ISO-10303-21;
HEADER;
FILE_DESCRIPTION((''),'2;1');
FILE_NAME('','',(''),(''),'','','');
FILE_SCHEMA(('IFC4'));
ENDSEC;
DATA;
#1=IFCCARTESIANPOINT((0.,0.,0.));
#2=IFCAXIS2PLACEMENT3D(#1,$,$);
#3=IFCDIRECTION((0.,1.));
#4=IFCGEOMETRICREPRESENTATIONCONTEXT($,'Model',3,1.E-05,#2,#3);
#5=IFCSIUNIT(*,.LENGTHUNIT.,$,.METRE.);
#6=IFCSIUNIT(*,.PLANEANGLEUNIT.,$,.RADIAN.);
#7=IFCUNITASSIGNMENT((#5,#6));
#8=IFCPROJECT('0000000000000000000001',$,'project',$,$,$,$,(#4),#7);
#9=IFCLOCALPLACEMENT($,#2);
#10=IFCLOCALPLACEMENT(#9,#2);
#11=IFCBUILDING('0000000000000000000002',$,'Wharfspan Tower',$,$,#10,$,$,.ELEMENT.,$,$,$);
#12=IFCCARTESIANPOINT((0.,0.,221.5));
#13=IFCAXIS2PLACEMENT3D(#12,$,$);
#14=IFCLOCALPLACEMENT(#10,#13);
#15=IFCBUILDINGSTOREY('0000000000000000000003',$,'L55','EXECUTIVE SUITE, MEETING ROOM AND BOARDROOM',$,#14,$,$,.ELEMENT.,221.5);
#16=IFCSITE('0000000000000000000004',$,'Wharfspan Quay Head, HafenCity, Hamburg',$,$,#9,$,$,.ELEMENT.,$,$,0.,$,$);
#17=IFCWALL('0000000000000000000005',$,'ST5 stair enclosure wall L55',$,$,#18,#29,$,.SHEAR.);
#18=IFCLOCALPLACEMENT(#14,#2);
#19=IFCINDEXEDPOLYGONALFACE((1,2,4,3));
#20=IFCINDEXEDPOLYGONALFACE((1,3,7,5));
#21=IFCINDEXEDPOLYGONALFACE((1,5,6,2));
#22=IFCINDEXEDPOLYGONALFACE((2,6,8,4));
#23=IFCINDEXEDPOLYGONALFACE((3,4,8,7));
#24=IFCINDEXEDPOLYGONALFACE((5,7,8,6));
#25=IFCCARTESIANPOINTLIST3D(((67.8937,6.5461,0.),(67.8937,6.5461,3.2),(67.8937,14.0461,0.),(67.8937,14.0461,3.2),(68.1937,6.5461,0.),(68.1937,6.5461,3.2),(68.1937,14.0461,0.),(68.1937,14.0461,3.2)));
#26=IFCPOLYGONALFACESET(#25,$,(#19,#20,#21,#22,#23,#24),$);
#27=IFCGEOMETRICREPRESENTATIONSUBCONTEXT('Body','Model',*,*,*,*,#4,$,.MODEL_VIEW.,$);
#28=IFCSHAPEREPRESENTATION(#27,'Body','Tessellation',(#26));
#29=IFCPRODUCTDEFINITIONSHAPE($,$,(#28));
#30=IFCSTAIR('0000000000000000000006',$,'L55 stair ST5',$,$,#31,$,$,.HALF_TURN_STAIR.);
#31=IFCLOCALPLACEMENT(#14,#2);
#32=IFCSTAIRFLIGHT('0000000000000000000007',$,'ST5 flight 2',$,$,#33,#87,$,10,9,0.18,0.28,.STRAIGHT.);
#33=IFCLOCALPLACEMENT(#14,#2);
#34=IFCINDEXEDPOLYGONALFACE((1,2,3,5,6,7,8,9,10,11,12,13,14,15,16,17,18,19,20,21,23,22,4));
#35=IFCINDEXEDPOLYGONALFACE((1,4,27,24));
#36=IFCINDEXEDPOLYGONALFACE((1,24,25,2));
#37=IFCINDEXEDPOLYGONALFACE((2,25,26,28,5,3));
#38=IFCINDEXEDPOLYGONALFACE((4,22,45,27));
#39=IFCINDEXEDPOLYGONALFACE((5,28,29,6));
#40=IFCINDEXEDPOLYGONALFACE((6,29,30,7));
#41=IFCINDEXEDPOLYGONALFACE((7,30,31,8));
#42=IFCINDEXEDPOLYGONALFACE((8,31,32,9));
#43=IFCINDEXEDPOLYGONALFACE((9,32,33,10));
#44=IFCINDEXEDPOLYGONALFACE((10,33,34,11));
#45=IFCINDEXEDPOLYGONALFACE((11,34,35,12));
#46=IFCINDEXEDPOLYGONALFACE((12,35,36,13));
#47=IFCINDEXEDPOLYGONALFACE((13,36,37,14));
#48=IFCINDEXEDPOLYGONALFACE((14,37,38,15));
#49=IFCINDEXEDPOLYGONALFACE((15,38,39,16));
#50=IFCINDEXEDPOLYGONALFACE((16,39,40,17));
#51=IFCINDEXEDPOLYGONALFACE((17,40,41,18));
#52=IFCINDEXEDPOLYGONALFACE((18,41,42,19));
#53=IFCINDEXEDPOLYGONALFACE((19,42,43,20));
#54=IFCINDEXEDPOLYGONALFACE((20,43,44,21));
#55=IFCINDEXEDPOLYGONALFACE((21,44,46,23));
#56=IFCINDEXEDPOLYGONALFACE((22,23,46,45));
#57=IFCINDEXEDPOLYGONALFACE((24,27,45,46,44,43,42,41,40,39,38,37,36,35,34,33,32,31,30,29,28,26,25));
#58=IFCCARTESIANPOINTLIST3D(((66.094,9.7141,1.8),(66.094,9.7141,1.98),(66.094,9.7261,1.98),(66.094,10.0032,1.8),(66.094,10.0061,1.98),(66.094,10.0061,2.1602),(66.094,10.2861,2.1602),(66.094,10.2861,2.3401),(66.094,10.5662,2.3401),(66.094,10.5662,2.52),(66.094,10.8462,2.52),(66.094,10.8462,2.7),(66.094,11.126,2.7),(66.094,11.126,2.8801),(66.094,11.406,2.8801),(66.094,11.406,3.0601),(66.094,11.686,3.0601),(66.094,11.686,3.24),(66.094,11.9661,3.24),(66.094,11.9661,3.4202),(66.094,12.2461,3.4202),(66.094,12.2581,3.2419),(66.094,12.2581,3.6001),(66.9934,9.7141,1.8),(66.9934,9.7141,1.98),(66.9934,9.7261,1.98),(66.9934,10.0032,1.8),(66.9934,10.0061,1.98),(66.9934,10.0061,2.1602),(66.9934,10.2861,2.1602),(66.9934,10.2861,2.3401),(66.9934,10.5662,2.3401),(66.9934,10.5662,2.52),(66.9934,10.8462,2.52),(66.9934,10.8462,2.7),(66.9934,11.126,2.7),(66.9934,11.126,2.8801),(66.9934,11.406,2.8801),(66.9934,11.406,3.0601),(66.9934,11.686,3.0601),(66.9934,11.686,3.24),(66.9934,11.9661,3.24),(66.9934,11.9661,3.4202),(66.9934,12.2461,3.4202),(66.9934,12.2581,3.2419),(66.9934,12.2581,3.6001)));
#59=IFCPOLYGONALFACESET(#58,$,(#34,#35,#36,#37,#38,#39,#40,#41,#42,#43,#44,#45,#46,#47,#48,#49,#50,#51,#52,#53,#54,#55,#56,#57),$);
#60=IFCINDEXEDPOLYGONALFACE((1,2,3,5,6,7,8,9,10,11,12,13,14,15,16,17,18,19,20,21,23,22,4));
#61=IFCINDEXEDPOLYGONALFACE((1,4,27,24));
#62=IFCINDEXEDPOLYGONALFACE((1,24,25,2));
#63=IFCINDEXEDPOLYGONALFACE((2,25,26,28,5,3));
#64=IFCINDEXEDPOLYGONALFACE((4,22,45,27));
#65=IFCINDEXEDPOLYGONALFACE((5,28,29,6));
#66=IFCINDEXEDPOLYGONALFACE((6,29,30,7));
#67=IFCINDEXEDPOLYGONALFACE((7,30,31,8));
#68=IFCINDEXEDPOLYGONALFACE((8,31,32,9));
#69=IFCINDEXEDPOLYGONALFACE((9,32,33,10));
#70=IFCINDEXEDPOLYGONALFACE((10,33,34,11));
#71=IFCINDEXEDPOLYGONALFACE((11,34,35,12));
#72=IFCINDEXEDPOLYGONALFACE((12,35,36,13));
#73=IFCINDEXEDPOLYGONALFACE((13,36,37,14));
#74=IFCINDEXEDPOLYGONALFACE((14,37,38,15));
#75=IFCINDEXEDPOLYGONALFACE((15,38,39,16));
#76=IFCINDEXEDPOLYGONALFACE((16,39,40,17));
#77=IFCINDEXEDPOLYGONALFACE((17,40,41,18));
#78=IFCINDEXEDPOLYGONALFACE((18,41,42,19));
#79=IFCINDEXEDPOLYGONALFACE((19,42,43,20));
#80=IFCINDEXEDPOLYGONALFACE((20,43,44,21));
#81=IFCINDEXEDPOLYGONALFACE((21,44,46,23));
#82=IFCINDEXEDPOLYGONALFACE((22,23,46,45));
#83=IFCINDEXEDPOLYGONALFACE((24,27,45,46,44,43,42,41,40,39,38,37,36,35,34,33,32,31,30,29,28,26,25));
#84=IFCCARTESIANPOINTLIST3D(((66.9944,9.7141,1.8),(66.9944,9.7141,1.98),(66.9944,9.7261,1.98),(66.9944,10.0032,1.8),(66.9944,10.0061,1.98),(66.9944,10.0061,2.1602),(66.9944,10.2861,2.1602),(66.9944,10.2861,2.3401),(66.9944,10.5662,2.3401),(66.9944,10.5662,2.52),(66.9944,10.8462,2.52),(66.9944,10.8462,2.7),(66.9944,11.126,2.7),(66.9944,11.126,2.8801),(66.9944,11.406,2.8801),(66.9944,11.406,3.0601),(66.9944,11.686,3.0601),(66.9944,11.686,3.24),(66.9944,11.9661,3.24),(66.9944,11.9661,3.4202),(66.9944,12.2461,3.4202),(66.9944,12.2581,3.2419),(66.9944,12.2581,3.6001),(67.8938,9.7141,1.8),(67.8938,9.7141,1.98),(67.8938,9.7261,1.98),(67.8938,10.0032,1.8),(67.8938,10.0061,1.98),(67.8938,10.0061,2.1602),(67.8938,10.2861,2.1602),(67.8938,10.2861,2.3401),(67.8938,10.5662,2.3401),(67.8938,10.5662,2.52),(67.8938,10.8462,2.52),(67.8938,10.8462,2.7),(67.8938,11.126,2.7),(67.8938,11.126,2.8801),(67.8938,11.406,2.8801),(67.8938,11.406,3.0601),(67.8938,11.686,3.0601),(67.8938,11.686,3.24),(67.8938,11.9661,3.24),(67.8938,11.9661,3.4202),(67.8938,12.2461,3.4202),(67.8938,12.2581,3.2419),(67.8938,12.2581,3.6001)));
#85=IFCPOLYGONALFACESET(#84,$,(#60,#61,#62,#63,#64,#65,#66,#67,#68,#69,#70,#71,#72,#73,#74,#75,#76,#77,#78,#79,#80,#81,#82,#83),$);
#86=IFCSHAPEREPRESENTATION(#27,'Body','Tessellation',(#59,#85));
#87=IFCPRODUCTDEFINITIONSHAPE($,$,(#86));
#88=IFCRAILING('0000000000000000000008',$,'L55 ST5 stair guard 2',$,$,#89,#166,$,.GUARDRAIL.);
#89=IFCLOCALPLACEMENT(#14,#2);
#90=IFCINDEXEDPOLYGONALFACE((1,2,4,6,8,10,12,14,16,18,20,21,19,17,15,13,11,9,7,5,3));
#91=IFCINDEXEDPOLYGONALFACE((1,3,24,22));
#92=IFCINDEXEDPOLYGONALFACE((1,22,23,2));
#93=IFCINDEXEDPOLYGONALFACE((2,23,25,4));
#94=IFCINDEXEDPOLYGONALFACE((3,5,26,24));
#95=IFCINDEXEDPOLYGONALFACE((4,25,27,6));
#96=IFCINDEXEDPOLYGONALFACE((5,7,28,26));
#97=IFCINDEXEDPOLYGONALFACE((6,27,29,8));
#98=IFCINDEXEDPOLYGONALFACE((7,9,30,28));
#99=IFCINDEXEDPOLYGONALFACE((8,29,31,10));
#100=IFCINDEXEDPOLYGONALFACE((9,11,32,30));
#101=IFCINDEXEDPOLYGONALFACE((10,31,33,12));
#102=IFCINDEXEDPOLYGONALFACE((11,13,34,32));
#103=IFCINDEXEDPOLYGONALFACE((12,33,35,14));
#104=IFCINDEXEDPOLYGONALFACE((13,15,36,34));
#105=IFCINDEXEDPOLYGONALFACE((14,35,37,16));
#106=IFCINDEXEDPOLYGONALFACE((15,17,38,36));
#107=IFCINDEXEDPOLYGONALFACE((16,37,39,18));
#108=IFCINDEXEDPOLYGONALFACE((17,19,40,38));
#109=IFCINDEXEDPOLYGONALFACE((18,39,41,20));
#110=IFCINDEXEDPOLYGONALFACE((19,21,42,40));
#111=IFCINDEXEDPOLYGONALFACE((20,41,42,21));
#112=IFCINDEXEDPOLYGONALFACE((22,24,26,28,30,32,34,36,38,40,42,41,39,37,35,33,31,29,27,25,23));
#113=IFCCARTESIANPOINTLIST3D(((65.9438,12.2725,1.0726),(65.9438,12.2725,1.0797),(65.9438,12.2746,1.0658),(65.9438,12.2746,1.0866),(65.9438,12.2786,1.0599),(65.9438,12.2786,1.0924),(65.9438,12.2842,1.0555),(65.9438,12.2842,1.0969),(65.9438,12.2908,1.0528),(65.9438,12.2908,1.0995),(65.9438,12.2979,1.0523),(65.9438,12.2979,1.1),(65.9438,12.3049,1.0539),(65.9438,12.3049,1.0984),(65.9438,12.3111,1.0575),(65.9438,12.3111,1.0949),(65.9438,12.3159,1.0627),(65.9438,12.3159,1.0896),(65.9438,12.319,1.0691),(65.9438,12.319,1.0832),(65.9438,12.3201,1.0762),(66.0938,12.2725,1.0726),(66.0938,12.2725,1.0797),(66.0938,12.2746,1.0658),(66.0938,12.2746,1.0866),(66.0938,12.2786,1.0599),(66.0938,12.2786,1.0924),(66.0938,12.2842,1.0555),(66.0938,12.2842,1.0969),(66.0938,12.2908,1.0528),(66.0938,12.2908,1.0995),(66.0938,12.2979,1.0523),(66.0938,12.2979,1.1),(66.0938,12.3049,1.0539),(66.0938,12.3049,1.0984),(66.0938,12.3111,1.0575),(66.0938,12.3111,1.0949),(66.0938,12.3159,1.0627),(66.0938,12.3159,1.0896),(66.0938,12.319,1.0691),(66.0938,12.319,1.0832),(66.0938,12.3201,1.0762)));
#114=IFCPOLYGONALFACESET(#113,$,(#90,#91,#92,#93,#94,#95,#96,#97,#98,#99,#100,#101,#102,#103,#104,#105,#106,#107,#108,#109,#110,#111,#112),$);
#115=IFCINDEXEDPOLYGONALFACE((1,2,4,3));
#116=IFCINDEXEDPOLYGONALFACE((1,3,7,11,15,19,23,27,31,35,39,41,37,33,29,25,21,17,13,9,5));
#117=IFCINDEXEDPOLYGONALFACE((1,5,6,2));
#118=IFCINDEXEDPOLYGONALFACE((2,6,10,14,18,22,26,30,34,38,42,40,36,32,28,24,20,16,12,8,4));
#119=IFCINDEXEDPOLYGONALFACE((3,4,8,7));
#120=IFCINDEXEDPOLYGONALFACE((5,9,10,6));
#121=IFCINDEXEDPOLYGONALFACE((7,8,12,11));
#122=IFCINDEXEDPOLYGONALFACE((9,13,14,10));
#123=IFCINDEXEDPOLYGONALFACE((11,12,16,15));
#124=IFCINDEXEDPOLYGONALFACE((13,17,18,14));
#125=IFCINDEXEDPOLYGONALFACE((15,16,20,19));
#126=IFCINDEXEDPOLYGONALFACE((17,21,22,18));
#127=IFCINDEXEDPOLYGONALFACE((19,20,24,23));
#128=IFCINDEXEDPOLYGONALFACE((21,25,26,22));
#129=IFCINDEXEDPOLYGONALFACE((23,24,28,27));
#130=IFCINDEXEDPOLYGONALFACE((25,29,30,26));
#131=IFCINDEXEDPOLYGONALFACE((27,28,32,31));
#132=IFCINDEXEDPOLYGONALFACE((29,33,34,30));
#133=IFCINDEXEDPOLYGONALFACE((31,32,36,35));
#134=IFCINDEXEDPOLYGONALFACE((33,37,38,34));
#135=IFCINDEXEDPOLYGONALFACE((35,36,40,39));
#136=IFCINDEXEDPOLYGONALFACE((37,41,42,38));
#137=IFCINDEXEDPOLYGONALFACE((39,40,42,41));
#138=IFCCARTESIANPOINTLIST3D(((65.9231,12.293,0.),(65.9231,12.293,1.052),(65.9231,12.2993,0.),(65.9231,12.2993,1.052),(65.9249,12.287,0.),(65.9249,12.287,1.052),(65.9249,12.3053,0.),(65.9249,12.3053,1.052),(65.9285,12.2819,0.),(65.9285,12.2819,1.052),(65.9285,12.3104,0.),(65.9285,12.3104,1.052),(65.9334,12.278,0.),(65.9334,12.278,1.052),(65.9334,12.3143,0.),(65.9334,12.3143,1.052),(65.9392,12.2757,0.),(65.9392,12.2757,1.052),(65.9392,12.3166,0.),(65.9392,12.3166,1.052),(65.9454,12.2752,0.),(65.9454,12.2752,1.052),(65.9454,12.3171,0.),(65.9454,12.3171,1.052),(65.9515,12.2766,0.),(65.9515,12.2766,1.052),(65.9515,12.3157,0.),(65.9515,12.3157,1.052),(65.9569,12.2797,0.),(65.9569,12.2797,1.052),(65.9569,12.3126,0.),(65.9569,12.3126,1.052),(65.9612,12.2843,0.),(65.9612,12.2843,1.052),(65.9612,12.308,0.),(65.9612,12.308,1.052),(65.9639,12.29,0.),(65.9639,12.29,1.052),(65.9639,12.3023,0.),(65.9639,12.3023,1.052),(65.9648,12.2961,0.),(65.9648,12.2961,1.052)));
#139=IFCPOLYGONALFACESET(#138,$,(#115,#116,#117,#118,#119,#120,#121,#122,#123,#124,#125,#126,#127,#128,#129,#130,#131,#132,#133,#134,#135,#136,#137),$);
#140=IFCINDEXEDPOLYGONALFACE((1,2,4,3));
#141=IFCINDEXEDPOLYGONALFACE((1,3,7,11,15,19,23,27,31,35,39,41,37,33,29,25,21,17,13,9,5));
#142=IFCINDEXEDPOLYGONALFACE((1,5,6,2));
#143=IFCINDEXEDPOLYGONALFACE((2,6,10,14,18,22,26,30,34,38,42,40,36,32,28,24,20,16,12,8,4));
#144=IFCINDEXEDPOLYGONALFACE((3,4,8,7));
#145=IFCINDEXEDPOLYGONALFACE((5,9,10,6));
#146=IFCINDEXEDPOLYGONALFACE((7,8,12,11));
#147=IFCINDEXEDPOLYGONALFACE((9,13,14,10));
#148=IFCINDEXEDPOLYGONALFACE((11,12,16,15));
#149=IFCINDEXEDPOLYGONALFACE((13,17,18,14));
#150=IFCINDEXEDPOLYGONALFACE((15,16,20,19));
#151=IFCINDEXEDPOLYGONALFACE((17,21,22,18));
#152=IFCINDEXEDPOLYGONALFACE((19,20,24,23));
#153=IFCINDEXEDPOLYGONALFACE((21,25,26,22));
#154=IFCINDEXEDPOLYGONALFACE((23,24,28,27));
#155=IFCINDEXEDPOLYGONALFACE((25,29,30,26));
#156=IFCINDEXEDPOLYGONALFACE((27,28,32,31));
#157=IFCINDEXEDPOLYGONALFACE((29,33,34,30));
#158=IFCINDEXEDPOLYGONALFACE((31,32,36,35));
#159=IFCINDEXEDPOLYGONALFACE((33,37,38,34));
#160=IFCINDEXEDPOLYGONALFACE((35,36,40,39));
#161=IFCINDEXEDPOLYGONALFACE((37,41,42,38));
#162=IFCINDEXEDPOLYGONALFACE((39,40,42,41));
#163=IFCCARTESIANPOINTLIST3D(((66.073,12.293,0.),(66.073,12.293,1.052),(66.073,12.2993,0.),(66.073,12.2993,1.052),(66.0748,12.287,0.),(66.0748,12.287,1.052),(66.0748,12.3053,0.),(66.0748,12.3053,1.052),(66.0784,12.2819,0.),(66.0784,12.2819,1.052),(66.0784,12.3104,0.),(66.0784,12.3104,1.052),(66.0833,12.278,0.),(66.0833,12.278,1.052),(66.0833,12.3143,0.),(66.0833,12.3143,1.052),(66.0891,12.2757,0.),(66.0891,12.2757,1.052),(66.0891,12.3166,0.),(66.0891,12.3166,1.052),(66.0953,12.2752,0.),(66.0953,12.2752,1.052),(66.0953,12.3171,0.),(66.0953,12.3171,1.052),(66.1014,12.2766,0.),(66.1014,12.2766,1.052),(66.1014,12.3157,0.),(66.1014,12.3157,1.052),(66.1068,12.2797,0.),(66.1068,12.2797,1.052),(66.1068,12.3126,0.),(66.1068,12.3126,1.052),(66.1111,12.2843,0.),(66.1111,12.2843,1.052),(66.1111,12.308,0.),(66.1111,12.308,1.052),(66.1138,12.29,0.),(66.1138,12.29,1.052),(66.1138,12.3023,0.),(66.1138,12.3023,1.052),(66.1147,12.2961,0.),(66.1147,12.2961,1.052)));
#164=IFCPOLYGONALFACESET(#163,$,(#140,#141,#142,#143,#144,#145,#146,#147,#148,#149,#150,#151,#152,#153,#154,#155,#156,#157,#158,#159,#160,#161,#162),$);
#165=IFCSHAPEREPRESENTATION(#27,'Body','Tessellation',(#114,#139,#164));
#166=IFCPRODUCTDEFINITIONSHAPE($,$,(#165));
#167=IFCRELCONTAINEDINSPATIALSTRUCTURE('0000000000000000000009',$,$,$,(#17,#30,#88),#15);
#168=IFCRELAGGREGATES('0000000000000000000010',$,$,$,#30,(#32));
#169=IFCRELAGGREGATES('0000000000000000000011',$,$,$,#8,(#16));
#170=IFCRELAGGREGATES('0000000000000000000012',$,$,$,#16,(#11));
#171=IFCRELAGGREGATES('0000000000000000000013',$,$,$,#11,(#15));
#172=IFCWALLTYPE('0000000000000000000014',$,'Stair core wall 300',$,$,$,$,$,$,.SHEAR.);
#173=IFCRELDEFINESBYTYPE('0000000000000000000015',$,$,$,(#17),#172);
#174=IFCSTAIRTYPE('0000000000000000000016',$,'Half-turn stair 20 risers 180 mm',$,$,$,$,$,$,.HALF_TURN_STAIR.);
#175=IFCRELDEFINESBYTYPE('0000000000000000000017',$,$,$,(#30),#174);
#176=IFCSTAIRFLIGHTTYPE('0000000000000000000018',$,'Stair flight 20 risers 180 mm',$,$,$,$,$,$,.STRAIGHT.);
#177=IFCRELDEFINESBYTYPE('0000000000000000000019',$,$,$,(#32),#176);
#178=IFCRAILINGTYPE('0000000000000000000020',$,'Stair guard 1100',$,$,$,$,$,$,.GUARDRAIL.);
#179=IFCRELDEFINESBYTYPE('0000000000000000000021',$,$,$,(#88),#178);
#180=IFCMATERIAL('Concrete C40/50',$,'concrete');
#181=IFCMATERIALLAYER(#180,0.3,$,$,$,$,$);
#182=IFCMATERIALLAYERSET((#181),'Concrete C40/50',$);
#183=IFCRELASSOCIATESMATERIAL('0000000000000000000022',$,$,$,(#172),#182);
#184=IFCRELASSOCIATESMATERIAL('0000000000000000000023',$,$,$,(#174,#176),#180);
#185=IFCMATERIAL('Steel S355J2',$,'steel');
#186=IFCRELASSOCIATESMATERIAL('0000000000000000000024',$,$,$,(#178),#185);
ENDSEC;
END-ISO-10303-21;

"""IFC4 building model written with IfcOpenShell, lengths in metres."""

from ifc_helpers import new_model, si_unit, direction, frame, frame_2d, origin, origin_2d, place, context, subcontext, project, spatial, polyline, rectangle, circle, outline, extrude, material, layer, layer_set, type_object, element, aggregate, save


model = new_model("IFC4")

# Units and contexts
model_context = context("Model", 3, precision=1e-05, world=origin(), true_north=direction((0.0, 1.0)))
body_context = subcontext(model_context, "Body", "Model", "MODEL_VIEW")
ifc_project = project(units=[si_unit("LENGTHUNIT", "METRE"), si_unit("PLANEANGLEUNIT", "RADIAN")], contexts=[model_context])

# Site, building, storey
site_placement = place(None, origin())
site = spatial("IfcSite", under=ifc_project, at=site_placement, Name="Wharfspan Quay Head, HafenCity, Hamburg", CompositionType="ELEMENT", RefElevation=0.0)
building_placement = place(site_placement, origin())
building = spatial("IfcBuilding", under=site, at=building_placement, Name="Wharfspan Tower", CompositionType="ELEMENT")
storey_placement = place(building_placement, frame((0.0, 0.0, 221.5)))
storey = spatial("IfcBuildingStorey", under=building, at=storey_placement, Name="L55", Description="EXECUTIVE SUITE, MEETING ROOM AND BOARDROOM", CompositionType="ELEMENT", Elevation=221.5)

# Shared definitions
ifc_material_1 = material(Name="Steel S355J2", Category="steel")

# Wall
ifc_material_2 = material(Name="Concrete C40/50", Category="concrete")
ifc_layer_1 = layer(ifc_material_2, 0.3)
ifc_layer_set_1 = layer_set([ifc_layer_1], Name="Concrete C40/50")
wall_type_1 = type_object("IfcWallType", Name="Stair core wall 300", PredefinedType="SHEAR", material=ifc_layer_set_1)
wall_1_placement = place(storey_placement, frame((68.0437, 6.5461, 0.0), z_axis=(0.0, 0.0, 1.0), x_axis=(0.0, 1.0, 0.0)))
element("IfcWall", 1, at=wall_1_placement, inside=storey, type_object=wall_type_1, Name="ST5 stair enclosure wall L55", PredefinedType="SHEAR", context=body_context, shape_type="SweptSolid", body=[
    extrude(rectangle(XDim=7.5, YDim=0.3, at=frame_2d((3.75, 0.0))), origin(), (0.0, 0.0, 1.0), 3.2),
])

# Stair, stair flight
stair_type = type_object("IfcStairType", Name="Half-turn stair 20 risers 180 mm", PredefinedType="HALF_TURN_STAIR", material=ifc_material_2)
stair_placement = place(storey_placement, origin())
stair = element("IfcStair", 2, at=stair_placement, inside=storey, type_object=stair_type, Name="L55 stair ST5", PredefinedType="HALF_TURN_STAIR")
stair_flight_type = type_object("IfcStairFlightType", Name="Stair flight 20 risers 180 mm", PredefinedType="STRAIGHT", material=ifc_material_2)
stair_flight_placement = place(storey_placement, frame((66.9939, 9.7261, 1.8), z_axis=(0.0, 0.0, 1.0), x_axis=(0.0, 1.0, 0.0)))
stair_flight = element("IfcStairFlight", 3, at=stair_flight_placement, type_object=stair_flight_type, Name="ST5 flight 2", NumberOfRisers=10, NumberOfTreads=9, PredefinedType="STRAIGHT", RiserHeight=0.18, TreadLength=0.28, context=body_context, shape_type="SweptSolid", body=[
    extrude(outline(polyline([(-0.012, 0.0), (-0.012, 0.1799), (0.0, 0.1799), (0.28, 0.1799), (0.28, 0.3601), (0.5601, 0.3601), (0.5601, 0.54), (0.8401, 0.54), (0.8401, 0.72), (1.1201, 0.72), (1.1201, 0.8999), (1.3999, 0.8999), (1.3999, 1.0801), (1.6799, 1.0801), (1.6799, 1.26), (1.96, 1.26), (1.96, 1.4399), (2.24, 1.4399), (2.24, 1.6201), (2.52, 1.6201), (2.532, 1.8), (2.532, 1.4419), (0.2771, 0.0), (-0.012, 0.0)])), frame((0.0, 0.8999, 0.0), z_axis=(0.0, -1.0, 0.0), x_axis=(1.0, 0.0, 0.0)), (0.0, 0.0, 1.0), 0.8994),
    extrude(outline(polyline([(-0.012, 0.0), (-0.012, 0.1799), (0.0, 0.1799), (0.28, 0.1799), (0.28, 0.3601), (0.5601, 0.3601), (0.5601, 0.54), (0.8401, 0.54), (0.8401, 0.72), (1.1201, 0.72), (1.1201, 0.8999), (1.3999, 0.8999), (1.3999, 1.0801), (1.6799, 1.0801), (1.6799, 1.26), (1.96, 1.26), (1.96, 1.4399), (2.24, 1.4399), (2.24, 1.6201), (2.52, 1.6201), (2.532, 1.8), (2.532, 1.4419), (0.2771, 0.0), (-0.012, 0.0)])), frame((0.0, -0.0005, 0.0), z_axis=(0.0, -1.0, 0.0), x_axis=(1.0, 0.0, 0.0)), (0.0, 0.0, 1.0), 0.8994),
])
aggregate(stair, [stair_flight])

# Railing
railing_type_1 = type_object("IfcRailingType", Name="Stair guard 1100", PredefinedType="GUARDRAIL", material=ifc_material_1)
railing_1_placement = place(storey_placement, frame((65.9438, 12.2961, 0.0)))
element("IfcRailing", 4, at=railing_1_placement, inside=storey, type_object=railing_type_1, Name="L55 ST5 stair guard 2", PredefinedType="GUARDRAIL", context=body_context, shape_type="SweptSolid", body=[
    extrude(circle(Radius=0.0239, at=origin_2d()), frame((0.0, 0.0, 1.0762), z_axis=(1.0, 0.0, 0.0), x_axis=(0.0, 1.0, 0.0)), (0.0, 0.0, 1.0), 0.1499),
    extrude(circle(Radius=0.021, at=origin_2d()), origin(), (0.0, 0.0, 1.0), 1.052),
    extrude(circle(Radius=0.021, at=origin_2d()), frame((0.1499, 0.0, 0.0)), (0.0, 0.0, 1.0), 1.052),
])

save(model, "model.ifc")
